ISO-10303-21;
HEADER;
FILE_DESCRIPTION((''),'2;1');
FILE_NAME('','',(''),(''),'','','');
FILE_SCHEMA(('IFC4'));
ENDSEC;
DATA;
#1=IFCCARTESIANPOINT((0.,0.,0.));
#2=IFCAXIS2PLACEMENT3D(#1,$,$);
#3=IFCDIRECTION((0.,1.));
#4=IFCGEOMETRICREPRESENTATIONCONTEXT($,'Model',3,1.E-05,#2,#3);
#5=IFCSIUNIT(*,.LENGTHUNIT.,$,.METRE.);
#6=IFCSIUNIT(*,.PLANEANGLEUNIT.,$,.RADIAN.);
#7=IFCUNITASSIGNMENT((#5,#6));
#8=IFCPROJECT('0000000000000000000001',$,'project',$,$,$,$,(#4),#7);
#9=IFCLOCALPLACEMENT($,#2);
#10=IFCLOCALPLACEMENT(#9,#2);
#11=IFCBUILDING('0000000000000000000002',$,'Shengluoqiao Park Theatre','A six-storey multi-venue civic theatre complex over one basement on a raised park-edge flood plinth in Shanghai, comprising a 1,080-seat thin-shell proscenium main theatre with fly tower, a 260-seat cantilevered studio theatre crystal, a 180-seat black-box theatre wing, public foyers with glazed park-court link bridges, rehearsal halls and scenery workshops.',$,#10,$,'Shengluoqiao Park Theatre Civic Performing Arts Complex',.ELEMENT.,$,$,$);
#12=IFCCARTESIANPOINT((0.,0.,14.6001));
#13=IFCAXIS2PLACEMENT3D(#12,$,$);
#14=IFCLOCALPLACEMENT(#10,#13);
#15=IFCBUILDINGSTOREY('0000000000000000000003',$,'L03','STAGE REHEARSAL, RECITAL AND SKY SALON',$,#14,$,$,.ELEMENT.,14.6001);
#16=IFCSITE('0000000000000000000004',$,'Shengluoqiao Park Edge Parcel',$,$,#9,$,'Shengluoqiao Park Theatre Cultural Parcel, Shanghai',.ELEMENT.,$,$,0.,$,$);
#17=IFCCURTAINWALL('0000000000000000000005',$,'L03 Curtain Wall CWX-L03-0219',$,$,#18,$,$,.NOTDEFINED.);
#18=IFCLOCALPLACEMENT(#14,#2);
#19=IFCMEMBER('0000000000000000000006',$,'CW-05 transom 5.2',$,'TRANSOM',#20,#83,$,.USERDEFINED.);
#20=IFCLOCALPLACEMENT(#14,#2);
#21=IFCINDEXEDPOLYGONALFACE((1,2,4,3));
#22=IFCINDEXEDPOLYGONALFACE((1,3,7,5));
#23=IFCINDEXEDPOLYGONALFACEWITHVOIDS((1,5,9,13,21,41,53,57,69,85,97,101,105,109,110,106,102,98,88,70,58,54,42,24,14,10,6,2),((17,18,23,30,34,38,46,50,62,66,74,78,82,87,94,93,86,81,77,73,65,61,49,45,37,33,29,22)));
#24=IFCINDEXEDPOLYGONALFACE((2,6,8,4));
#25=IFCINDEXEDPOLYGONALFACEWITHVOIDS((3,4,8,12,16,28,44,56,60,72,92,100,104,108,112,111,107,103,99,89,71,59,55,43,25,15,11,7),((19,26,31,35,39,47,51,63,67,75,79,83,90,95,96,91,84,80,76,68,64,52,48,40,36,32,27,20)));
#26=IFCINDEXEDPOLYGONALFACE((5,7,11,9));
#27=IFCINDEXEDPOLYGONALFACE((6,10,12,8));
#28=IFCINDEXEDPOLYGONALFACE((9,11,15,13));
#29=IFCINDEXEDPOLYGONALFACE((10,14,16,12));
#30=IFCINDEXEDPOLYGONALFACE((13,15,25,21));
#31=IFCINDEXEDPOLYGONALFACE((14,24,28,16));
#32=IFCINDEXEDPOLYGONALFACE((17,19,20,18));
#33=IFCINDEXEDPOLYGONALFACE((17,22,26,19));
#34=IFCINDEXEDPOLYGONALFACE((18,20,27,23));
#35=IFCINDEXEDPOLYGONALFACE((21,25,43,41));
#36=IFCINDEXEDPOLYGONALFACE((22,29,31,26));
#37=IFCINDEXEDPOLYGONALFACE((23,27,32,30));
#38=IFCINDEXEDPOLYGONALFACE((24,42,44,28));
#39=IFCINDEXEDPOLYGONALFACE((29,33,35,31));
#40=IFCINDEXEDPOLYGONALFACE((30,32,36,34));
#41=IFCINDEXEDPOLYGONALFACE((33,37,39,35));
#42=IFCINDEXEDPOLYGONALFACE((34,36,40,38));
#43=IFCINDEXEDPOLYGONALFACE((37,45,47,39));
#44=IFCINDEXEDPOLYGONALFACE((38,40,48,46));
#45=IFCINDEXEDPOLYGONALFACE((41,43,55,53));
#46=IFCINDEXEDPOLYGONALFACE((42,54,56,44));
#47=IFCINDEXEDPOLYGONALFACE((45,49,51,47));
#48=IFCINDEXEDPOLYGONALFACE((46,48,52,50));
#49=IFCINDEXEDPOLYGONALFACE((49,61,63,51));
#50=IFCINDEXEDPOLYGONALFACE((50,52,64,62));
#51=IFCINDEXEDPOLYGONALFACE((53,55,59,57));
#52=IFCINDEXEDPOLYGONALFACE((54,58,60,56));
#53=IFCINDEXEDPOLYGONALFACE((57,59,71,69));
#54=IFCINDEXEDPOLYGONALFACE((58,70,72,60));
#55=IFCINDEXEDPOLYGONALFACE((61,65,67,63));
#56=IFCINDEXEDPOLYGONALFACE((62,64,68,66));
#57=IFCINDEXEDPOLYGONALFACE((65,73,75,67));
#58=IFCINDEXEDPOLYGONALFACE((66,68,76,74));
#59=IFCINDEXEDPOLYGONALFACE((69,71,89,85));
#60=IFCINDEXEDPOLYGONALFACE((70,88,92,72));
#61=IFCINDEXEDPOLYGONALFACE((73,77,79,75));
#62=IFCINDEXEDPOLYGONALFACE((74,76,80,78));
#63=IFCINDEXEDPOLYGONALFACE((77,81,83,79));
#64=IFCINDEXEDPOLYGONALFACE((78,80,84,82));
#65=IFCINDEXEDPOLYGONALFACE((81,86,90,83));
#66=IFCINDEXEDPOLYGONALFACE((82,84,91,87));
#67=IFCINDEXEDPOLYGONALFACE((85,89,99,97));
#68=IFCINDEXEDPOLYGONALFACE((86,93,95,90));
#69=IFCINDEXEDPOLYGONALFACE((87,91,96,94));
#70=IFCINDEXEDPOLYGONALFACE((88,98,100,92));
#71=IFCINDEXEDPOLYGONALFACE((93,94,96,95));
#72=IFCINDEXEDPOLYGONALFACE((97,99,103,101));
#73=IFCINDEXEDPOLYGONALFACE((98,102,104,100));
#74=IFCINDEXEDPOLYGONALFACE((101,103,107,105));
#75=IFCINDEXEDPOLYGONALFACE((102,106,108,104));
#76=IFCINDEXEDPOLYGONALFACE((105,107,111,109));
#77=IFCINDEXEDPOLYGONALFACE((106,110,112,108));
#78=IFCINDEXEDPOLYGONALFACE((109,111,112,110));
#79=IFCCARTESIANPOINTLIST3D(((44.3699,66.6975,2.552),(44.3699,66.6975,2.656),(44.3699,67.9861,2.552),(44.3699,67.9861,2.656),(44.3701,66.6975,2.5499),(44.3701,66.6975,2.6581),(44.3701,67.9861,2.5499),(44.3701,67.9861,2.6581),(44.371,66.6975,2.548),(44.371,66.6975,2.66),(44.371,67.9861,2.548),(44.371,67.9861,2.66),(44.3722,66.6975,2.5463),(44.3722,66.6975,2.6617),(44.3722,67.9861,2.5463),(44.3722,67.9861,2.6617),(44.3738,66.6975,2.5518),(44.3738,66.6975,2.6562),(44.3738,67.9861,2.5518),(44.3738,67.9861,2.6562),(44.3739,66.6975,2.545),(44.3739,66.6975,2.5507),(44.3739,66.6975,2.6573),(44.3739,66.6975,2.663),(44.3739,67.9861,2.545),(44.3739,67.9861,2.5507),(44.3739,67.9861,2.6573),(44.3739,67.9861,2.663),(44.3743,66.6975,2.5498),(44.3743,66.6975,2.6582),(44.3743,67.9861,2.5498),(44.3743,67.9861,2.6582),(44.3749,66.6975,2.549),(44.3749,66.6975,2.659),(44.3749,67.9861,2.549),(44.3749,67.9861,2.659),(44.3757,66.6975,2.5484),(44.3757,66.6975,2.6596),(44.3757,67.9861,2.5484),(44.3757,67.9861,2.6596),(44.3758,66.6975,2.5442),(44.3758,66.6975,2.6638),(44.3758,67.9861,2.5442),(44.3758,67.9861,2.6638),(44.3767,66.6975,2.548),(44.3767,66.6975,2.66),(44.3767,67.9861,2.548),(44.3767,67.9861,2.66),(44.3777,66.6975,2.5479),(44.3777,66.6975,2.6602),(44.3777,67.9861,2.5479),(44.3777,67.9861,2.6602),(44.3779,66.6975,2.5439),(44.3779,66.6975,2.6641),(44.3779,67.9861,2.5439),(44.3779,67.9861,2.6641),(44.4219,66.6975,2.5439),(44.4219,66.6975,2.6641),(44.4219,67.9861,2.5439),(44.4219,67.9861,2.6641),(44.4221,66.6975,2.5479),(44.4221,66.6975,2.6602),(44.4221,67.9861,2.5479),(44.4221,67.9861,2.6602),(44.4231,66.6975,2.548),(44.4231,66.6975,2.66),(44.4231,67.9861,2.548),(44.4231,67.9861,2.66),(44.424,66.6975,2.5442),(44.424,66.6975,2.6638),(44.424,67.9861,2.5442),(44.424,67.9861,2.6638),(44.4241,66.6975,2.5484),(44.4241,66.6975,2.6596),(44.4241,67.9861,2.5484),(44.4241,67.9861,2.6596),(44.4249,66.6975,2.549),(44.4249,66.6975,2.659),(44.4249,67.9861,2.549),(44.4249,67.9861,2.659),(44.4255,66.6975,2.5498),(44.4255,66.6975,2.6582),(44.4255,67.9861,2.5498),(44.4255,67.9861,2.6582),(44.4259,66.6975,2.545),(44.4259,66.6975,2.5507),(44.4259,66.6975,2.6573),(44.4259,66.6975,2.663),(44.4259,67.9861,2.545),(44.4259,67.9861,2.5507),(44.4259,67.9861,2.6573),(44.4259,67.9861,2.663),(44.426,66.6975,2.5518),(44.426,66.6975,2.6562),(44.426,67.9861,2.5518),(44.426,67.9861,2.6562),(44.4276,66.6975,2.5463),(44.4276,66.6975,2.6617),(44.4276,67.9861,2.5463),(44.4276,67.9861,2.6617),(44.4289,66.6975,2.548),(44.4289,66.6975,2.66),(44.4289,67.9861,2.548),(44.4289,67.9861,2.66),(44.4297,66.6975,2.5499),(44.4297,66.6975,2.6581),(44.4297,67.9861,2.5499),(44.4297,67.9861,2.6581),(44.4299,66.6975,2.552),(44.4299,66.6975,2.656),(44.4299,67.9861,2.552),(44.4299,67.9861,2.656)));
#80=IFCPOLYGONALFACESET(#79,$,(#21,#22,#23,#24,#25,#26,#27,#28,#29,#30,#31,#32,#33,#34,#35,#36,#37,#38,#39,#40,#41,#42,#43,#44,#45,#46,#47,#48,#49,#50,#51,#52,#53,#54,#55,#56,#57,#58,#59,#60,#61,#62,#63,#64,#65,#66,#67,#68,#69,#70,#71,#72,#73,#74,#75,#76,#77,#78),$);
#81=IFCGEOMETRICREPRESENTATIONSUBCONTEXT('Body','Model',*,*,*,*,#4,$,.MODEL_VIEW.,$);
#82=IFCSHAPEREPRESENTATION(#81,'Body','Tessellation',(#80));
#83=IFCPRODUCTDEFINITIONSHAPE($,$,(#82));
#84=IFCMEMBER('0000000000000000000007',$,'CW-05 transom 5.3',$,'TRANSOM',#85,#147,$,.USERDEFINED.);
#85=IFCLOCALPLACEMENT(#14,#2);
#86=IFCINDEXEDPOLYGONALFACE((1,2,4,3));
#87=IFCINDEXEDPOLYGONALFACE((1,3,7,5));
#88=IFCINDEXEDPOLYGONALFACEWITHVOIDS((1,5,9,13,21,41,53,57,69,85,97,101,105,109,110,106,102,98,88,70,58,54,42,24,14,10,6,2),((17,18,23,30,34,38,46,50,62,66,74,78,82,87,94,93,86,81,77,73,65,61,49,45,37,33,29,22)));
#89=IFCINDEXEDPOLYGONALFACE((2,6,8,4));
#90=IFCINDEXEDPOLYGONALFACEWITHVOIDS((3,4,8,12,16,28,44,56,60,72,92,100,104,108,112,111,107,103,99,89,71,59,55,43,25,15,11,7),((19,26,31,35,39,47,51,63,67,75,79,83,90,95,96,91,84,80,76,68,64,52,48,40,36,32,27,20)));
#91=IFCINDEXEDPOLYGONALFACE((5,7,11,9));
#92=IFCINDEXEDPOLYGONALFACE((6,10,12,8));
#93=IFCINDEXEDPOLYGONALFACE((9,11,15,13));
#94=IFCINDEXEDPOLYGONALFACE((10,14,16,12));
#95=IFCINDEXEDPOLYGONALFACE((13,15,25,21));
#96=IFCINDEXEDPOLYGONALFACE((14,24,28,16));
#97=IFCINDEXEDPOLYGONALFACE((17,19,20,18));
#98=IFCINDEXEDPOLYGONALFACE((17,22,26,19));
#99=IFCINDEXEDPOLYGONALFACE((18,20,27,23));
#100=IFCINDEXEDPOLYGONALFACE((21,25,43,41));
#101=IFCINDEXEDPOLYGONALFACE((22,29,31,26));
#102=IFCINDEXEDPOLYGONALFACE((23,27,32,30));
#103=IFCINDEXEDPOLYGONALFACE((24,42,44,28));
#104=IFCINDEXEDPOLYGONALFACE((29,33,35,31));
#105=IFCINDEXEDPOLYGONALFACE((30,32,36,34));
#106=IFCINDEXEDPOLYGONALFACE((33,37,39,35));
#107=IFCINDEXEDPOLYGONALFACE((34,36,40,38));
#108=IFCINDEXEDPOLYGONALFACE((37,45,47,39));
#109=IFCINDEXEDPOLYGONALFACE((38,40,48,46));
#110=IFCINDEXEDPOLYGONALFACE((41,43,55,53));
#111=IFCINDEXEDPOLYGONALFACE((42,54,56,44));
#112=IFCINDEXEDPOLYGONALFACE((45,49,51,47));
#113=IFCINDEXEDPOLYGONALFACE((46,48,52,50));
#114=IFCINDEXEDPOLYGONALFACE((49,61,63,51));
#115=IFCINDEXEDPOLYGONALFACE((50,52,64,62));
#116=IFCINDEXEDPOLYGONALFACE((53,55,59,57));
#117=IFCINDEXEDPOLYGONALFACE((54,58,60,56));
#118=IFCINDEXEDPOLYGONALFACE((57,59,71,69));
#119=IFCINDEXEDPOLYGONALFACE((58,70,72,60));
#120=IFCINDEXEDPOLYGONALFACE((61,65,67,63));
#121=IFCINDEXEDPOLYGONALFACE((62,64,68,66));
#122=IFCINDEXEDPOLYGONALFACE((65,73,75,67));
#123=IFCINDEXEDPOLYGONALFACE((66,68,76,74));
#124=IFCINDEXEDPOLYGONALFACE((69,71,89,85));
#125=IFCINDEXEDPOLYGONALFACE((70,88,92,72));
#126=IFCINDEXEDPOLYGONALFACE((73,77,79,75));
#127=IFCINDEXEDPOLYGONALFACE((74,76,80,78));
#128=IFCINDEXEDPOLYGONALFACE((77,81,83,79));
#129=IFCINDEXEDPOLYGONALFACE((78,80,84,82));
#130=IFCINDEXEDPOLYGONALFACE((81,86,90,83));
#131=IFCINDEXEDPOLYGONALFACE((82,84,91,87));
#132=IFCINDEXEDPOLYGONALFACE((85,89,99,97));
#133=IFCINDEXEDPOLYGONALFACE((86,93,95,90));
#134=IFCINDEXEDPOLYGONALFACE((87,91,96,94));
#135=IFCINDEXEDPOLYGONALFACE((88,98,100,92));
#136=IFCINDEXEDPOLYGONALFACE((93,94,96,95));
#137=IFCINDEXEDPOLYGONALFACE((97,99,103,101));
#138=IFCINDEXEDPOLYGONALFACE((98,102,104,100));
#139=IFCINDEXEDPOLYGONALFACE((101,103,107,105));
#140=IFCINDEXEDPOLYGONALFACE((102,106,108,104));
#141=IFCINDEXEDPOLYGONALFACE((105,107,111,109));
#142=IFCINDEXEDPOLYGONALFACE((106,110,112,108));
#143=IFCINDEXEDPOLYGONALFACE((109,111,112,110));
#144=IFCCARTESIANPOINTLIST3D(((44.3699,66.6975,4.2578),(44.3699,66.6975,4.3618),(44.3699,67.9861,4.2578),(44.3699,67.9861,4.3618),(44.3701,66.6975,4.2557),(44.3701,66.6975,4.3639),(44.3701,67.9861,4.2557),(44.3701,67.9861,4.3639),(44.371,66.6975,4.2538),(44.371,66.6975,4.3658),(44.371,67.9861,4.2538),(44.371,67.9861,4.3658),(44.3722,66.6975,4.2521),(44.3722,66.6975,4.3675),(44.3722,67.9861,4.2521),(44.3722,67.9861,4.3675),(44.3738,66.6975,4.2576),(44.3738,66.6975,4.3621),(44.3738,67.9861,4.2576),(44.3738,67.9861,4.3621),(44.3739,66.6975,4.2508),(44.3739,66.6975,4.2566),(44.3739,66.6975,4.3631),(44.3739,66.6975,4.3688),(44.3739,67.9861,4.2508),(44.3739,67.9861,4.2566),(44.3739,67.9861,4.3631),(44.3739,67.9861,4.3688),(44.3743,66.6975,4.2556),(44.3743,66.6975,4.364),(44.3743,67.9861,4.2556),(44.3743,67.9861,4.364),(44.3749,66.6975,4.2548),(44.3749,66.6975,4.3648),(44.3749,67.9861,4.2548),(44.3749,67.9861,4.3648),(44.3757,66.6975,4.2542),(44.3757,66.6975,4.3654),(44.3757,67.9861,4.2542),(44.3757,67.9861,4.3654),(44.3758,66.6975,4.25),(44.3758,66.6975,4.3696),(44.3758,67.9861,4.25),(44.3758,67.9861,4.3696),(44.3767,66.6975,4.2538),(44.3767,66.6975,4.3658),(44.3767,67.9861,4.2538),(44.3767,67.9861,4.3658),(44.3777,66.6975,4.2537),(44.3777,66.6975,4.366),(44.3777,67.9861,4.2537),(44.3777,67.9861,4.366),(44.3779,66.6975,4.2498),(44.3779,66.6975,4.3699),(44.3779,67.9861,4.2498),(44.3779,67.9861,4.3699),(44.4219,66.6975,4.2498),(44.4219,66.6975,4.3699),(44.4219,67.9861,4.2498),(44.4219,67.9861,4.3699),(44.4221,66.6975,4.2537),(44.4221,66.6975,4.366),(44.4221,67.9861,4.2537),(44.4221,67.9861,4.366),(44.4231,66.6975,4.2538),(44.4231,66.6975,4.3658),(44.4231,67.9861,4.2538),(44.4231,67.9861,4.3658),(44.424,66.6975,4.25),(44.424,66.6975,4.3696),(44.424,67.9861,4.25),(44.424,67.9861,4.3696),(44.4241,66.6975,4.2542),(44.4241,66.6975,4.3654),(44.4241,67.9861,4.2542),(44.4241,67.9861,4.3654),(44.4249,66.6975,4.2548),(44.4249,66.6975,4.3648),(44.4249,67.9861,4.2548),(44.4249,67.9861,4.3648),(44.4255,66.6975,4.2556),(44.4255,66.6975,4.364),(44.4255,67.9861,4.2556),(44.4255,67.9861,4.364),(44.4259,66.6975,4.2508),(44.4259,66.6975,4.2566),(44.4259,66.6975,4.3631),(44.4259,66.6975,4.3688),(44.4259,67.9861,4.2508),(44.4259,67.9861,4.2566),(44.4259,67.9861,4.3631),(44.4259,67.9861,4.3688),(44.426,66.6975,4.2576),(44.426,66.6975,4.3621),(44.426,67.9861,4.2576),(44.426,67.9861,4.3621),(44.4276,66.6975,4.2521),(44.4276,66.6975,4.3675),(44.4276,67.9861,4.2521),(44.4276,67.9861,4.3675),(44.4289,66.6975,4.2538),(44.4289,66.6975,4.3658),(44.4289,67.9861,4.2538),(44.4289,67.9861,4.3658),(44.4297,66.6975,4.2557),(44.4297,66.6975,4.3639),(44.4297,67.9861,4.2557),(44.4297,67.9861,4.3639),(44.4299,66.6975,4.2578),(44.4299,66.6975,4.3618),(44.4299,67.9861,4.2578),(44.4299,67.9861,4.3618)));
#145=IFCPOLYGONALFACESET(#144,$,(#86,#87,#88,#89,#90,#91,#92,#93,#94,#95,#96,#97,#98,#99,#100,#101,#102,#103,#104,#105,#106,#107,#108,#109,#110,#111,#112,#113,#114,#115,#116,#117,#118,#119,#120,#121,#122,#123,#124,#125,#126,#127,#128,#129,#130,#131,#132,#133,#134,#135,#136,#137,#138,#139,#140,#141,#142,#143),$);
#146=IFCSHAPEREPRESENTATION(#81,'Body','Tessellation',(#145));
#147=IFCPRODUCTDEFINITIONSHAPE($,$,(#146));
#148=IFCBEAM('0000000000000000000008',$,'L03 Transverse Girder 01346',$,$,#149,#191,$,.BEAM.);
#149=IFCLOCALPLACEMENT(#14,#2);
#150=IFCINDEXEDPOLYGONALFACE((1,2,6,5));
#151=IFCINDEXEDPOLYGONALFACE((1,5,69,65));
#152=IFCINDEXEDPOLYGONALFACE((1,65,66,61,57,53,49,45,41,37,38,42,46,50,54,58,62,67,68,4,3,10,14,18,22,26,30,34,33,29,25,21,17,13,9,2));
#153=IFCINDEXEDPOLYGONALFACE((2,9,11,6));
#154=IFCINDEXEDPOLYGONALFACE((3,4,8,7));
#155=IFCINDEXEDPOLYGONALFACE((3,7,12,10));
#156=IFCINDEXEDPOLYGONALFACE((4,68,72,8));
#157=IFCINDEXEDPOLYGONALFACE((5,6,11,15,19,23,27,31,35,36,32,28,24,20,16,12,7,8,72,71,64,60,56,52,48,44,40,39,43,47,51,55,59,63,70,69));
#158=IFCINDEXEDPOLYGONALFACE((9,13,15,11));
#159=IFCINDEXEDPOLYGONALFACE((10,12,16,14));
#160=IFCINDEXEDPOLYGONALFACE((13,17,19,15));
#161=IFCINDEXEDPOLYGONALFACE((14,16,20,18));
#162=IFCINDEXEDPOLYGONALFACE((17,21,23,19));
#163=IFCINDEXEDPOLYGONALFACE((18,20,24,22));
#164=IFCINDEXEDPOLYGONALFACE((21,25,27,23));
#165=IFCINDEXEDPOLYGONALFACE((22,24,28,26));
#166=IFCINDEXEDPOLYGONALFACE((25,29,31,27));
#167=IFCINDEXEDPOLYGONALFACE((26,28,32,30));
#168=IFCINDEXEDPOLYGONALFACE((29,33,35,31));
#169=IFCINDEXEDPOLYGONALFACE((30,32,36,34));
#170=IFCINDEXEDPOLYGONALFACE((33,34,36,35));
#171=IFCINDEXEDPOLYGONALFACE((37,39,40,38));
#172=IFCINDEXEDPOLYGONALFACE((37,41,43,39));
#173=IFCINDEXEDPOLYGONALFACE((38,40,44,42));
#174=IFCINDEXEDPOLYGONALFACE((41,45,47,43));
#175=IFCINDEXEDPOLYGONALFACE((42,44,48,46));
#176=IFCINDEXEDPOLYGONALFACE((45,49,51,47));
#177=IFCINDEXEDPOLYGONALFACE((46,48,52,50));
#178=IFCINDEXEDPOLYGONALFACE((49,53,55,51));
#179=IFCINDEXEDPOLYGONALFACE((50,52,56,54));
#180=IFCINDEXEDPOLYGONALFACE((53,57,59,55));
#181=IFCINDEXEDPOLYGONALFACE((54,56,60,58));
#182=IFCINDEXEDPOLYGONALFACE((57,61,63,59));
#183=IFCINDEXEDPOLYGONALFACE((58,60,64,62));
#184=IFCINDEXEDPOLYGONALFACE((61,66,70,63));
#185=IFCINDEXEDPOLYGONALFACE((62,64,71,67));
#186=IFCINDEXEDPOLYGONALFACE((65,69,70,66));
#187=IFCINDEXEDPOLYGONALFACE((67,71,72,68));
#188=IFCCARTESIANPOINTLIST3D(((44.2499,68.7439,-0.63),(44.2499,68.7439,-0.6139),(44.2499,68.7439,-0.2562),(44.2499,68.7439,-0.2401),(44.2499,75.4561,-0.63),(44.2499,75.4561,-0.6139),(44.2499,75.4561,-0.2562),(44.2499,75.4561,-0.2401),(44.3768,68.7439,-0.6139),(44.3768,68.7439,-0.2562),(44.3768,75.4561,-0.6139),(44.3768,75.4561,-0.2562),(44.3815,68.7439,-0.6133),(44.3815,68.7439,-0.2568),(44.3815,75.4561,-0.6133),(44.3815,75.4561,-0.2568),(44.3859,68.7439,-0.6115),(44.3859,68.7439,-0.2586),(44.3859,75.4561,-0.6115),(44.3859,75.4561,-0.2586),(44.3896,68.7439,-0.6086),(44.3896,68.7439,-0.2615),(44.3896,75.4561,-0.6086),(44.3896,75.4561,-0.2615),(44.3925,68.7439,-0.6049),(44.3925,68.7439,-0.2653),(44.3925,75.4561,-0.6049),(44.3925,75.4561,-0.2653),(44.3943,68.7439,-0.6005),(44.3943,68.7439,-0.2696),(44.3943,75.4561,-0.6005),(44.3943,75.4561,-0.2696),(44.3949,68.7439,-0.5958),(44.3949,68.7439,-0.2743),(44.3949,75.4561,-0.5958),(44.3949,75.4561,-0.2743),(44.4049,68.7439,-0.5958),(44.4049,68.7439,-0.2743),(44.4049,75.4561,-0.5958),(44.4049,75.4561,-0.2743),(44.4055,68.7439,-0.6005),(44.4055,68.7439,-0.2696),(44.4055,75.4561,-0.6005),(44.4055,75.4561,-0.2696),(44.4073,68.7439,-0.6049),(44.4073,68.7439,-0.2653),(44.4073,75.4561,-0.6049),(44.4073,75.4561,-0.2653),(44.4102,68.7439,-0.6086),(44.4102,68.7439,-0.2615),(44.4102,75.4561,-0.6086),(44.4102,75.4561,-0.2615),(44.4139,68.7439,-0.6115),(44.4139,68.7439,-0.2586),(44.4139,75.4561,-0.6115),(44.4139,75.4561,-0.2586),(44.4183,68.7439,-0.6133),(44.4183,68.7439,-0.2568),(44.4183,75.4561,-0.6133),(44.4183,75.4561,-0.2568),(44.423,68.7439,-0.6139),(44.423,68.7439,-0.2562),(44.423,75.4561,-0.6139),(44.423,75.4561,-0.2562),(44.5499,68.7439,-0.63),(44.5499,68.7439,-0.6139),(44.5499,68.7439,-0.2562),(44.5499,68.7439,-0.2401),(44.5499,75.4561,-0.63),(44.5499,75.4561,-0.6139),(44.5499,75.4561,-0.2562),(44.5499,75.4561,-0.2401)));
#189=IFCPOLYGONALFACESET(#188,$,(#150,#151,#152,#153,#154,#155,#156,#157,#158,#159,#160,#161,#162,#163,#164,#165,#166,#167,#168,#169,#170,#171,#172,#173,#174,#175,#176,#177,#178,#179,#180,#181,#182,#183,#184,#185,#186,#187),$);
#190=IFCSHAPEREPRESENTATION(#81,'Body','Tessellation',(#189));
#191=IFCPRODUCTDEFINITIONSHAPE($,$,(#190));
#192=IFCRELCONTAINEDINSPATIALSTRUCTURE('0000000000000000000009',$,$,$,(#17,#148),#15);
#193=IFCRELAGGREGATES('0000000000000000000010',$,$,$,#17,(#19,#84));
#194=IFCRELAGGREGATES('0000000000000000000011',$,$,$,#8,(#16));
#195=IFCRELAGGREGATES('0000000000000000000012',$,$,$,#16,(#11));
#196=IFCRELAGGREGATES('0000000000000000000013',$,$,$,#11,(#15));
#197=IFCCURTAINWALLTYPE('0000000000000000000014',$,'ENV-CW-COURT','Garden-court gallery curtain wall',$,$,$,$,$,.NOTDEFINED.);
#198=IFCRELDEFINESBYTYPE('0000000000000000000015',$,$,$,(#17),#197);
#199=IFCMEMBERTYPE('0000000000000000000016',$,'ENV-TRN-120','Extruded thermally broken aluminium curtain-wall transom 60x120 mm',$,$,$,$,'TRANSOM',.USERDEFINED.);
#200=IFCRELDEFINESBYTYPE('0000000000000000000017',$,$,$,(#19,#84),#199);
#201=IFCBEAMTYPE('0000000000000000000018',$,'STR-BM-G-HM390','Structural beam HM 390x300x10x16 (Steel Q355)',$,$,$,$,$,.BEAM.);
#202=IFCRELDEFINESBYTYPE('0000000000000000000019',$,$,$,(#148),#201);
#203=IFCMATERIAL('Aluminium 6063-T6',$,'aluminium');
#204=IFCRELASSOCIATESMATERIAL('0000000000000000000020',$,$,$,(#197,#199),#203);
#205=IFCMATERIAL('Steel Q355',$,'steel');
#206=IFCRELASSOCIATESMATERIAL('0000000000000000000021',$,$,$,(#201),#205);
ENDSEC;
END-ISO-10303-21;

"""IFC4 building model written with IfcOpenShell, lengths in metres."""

from ifc_helpers import new_model, si_unit, direction, frame, origin, origin_2d, place, context, subcontext, project, spatial, hollow_rectangle, i_section, extrude, material, material_profile, profile_set, type_object, element, aggregate, save


model = new_model("IFC4")

# Units and contexts
model_context = context("Model", 3, precision=1e-05, world=origin(), true_north=direction((0.0, 1.0)))
body_context = subcontext(model_context, "Body", "Model", "MODEL_VIEW")
ifc_project = project(units=[si_unit("LENGTHUNIT", "METRE"), si_unit("PLANEANGLEUNIT", "RADIAN")], contexts=[model_context])

# Site, building, storey
site_placement = place(None, origin())
site = spatial("IfcSite", under=ifc_project, at=site_placement, Name="Shengluoqiao Park Edge Parcel", LongName="Shengluoqiao Park Theatre Cultural Parcel, Shanghai", CompositionType="ELEMENT", RefElevation=0.0)
building_placement = place(site_placement, origin())
building = spatial("IfcBuilding", under=site, at=building_placement, Name="Shengluoqiao Park Theatre", Description="A six-storey multi-venue civic theatre complex over one basement on a raised park-edge flood plinth in Shanghai, comprising a 1,080-seat thin-shell proscenium main theatre with fly tower, a 260-seat cantilevered studio theatre crystal, a 180-seat black-box theatre wing, public foyers with glazed park-court link bridges, rehearsal halls and scenery workshops.", LongName="Shengluoqiao Park Theatre Civic Performing Arts Complex", CompositionType="ELEMENT")
storey_placement = place(building_placement, frame((0.0, 0.0, 14.6001)))
storey = spatial("IfcBuildingStorey", under=building, at=storey_placement, Name="L03", Description="STAGE REHEARSAL, RECITAL AND SKY SALON", CompositionType="ELEMENT", Elevation=14.6001)

# Curtain wall
ifc_material_1 = material(Name="Aluminium 6063-T6", Category="aluminium")
curtain_wall_type_1 = type_object("IfcCurtainWallType", Name="ENV-CW-COURT", Description="Garden-court gallery curtain wall", PredefinedType="NOTDEFINED", material=ifc_material_1)
curtain_wall_1_placement = place(storey_placement, origin())
curtain_wall_1 = element("IfcCurtainWall", 1, at=curtain_wall_1_placement, inside=storey, type_object=curtain_wall_type_1, Name="L03 Curtain Wall CWX-L03-0219", PredefinedType="NOTDEFINED")

# Members
ifc_material_profile_1 = material_profile(ifc_material_1, hollow_rectangle(XDim=0.0601, YDim=0.1201, WallThickness=0.0039, InnerFilletRadius=0.0039, OuterFilletRadius=0.0081, at=origin_2d()), Name="ALU TRANSOM 120x60x4")
ifc_profile_set_1 = profile_set([ifc_material_profile_1], Name="Aluminium 6063-T6")
member_type_1 = type_object("IfcMemberType", Name="ENV-TRN-120", Description="Extruded thermally broken aluminium curtain-wall transom 60x120 mm", ElementType="TRANSOM", PredefinedType="USERDEFINED", material=ifc_profile_set_1)
member_1_placement = place(storey_placement, frame((44.3999, 66.6975, 2.604), z_axis=(0.0, 1.0, 0.0), x_axis=(-1.0, 0.0, 0.0)))
member_1 = element("IfcMember", 2, at=member_1_placement, type_object=member_type_1, Name="CW-05 transom 5.2", ObjectType="TRANSOM", PredefinedType="USERDEFINED", context=body_context, shape_type="SweptSolid", body=[
    extrude(hollow_rectangle(XDim=0.0601, YDim=0.1201, WallThickness=0.0039, InnerFilletRadius=0.0039, OuterFilletRadius=0.0081, at=origin_2d()), origin(), (0.0, 0.0, 1.0), 1.2886),
])
member_2_placement = place(storey_placement, frame((44.3999, 66.6975, 4.3098), z_axis=(0.0, 1.0, 0.0), x_axis=(-1.0, 0.0, 0.0)))
member_2 = element("IfcMember", 3, at=member_2_placement, type_object=member_type_1, Name="CW-05 transom 5.3", ObjectType="TRANSOM", PredefinedType="USERDEFINED", context=body_context, shape_type="SweptSolid", body=[
    extrude(hollow_rectangle(XDim=0.0601, YDim=0.1201, WallThickness=0.0039, InnerFilletRadius=0.0039, OuterFilletRadius=0.0081, at=origin_2d()), origin(), (0.0, 0.0, 1.0), 1.2886),
])

# Beam
ifc_material_2 = material(Name="Steel Q355", Category="steel")
ifc_material_profile_2 = material_profile(ifc_material_2, i_section(OverallWidth=0.3, OverallDepth=0.3899, WebThickness=0.01, FlangeThickness=0.0161, FilletRadius=0.0181, at=origin_2d()), Name="HM 390x300x10x16")
ifc_profile_set_2 = profile_set([ifc_material_profile_2], Name="Steel Q355")
beam_type_1 = type_object("IfcBeamType", Name="STR-BM-G-HM390", Description="Structural beam HM 390x300x10x16 (Steel Q355)", PredefinedType="BEAM", material=ifc_profile_set_2)
beam_1_placement = place(storey_placement, frame((44.3999, 68.7439, -0.4351), z_axis=(0.0, 1.0, 0.0), x_axis=(-1.0, 0.0, 0.0)))
element("IfcBeam", 4, at=beam_1_placement, inside=storey, type_object=beam_type_1, Name="L03 Transverse Girder 01346", PredefinedType="BEAM", context=body_context, shape_type="SweptSolid", body=[
    extrude(i_section(OverallWidth=0.3, OverallDepth=0.3899, WebThickness=0.01, FlangeThickness=0.0161, FilletRadius=0.0181, at=origin_2d()), origin(), (0.0, 0.0, 1.0), 6.7122),
])

aggregate(curtain_wall_1, [member_1, member_2])

save(model, "model.ifc")
